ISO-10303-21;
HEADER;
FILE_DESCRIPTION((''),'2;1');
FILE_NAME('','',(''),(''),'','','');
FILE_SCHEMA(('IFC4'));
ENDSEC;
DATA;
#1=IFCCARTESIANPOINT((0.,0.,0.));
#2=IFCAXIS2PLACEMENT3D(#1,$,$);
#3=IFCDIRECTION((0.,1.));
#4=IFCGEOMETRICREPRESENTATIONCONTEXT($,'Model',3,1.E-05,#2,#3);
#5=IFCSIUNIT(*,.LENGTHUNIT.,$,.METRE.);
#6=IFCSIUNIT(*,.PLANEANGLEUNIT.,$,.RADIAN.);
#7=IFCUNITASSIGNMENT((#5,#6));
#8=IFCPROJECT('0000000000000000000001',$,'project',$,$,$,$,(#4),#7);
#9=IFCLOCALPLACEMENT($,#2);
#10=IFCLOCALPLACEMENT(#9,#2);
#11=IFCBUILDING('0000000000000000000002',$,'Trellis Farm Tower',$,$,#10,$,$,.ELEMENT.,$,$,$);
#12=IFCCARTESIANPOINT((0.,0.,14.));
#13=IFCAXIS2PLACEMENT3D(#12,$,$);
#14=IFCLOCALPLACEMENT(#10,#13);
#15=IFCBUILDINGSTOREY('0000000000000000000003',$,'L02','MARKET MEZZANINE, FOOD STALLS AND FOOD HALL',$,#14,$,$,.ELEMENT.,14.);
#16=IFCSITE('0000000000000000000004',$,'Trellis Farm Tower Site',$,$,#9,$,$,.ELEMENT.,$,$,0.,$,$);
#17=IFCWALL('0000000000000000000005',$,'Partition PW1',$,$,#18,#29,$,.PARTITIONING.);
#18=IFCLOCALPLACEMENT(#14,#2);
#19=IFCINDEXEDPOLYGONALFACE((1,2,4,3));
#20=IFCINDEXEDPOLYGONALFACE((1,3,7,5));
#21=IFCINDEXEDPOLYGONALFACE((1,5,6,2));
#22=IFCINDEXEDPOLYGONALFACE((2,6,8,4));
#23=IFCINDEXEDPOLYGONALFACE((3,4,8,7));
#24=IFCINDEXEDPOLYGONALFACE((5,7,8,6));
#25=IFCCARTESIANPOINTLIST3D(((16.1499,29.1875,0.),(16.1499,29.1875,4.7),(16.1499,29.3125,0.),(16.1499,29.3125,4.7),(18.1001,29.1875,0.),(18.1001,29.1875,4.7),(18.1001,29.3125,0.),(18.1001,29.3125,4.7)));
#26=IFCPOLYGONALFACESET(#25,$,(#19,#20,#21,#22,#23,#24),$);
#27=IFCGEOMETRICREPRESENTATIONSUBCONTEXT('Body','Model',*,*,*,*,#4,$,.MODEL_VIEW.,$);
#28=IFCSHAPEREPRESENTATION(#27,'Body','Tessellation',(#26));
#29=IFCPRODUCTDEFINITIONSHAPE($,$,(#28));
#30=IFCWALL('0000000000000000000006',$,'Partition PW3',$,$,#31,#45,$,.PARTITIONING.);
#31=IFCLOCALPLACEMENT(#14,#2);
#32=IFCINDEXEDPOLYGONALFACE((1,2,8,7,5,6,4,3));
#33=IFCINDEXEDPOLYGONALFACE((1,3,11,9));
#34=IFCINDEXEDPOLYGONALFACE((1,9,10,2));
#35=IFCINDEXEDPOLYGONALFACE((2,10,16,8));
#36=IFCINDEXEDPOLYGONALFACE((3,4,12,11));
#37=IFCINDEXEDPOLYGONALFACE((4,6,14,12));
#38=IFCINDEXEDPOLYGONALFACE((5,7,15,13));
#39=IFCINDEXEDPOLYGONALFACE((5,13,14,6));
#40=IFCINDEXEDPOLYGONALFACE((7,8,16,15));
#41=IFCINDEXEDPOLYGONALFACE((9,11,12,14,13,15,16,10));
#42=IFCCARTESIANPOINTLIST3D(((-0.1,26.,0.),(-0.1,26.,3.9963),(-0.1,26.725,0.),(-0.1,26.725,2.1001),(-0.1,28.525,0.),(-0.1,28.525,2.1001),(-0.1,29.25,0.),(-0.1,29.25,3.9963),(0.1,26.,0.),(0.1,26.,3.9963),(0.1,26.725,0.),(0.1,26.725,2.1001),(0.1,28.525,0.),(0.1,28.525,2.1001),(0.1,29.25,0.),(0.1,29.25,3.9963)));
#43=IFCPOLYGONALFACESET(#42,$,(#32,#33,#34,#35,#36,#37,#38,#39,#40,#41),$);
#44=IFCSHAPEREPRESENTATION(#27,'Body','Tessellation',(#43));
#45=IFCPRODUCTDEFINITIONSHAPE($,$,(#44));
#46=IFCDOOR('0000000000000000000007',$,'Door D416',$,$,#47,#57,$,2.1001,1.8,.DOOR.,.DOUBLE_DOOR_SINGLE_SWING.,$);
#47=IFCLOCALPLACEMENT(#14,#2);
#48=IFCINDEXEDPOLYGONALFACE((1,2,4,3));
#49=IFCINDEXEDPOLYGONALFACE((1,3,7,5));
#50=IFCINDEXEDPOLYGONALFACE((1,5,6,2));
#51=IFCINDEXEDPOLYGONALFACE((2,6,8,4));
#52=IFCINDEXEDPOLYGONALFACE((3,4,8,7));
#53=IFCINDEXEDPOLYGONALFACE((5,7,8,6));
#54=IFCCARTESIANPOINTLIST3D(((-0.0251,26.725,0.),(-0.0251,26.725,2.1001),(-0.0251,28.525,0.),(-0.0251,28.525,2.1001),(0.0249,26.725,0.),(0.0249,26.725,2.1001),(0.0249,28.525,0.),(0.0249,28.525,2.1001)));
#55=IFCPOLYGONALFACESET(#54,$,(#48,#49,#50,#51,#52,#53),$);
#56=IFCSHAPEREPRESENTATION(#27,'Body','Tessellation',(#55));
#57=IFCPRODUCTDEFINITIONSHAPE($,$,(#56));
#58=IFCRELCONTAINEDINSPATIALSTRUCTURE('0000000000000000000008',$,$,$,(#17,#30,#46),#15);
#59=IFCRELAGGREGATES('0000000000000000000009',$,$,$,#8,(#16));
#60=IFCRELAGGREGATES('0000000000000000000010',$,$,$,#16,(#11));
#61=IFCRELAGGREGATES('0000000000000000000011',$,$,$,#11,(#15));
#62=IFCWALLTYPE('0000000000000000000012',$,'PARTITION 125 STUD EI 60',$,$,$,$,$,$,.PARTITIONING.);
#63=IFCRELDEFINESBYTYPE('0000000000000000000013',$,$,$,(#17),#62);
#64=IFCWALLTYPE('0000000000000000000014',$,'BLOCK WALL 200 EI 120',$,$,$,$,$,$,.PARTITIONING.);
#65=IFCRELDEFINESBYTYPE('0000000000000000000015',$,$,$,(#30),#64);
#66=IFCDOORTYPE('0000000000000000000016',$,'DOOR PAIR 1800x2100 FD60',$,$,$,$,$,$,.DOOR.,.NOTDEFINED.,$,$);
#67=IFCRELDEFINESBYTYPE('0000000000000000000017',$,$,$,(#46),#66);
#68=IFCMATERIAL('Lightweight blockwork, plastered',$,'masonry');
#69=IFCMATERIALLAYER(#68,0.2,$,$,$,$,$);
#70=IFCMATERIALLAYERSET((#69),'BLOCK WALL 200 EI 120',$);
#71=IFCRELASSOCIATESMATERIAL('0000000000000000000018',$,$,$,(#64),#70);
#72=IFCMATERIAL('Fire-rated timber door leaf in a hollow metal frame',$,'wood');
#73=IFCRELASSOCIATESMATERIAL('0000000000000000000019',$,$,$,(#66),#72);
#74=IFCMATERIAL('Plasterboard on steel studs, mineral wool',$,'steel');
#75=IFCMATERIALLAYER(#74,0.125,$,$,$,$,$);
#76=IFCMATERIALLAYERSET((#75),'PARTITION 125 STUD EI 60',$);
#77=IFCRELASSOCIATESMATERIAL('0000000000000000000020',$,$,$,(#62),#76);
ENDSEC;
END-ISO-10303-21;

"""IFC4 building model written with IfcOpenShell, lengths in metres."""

from ifc_helpers import new_model, si_unit, direction, frame, frame_2d, origin, place, context, subcontext, project, spatial, rectangle, extrude, source, transform, mapped, material, layer, layer_set, type_object, element, fill, save


model = new_model("IFC4")

# Units and contexts
model_context = context("Model", 3, precision=1e-05, world=origin(), true_north=direction((0.0, 1.0)))
body_context = subcontext(model_context, "Body", "Model", "MODEL_VIEW")
ifc_project = project(units=[si_unit("LENGTHUNIT", "METRE"), si_unit("PLANEANGLEUNIT", "RADIAN")], contexts=[model_context])

# Site, building, storey
site_placement = place(None, origin())
site = spatial("IfcSite", under=ifc_project, at=site_placement, Name="Trellis Farm Tower Site", CompositionType="ELEMENT", RefElevation=0.0)
building_placement = place(site_placement, origin())
building = spatial("IfcBuilding", under=site, at=building_placement, Name="Trellis Farm Tower", CompositionType="ELEMENT")
storey_placement = place(building_placement, frame((0.0, 0.0, 14.0)))
storey = spatial("IfcBuildingStorey", under=building, at=storey_placement, Name="L02", Description="MARKET MEZZANINE, FOOD STALLS AND FOOD HALL", CompositionType="ELEMENT", Elevation=14.0)

# Shared definitions
shared_shape_1 = source(origin(), body_context, "Body", "SweptSolid", [
    extrude(rectangle(XDim=1.8, YDim=2.1001, at=frame_2d((0.8999, 1.05))), frame((0.0, 0.0249, 0.0), z_axis=(0.0, -1.0, 0.0), x_axis=(1.0, 0.0, 0.0)), (0.0, 0.0, 1.0), 0.05),
])

# Shared definitions
ifc_material_1 = material(Name="Lightweight blockwork, plastered", Category="masonry")
ifc_layer_1 = layer(ifc_material_1, 0.2)
ifc_layer_set_1 = layer_set([ifc_layer_1], Name="BLOCK WALL 200 EI 120")
wall_type_1 = type_object("IfcWallType", Name="BLOCK WALL 200 EI 120", PredefinedType="PARTITIONING", material=ifc_layer_set_1)

# Shared definitions
shared_shape_2 = source(origin(), body_context, "Body", "SweptSolid", [
    extrude(rectangle(XDim=1.8, YDim=2.1001, at=frame_2d((0.8999, 1.05))), frame((0.0, 0.1101, 0.0), z_axis=(0.0, -1.0, 0.0), x_axis=(1.0, 0.0, 0.0)), (0.0, 0.0, 1.0), 0.2202),
])
ifc_material_2 = material(Name="Fire-rated timber door leaf in a hollow metal frame", Category="wood")
door_type_1 = type_object("IfcDoorType", Name="DOOR PAIR 1800x2100 FD60", OperationType="NOTDEFINED", PredefinedType="DOOR", material=ifc_material_2)

# Wall
ifc_material_3 = material(Name="Plasterboard on steel studs, mineral wool", Category="steel")
ifc_layer_2 = layer(ifc_material_3, 0.125)
ifc_layer_set_2 = layer_set([ifc_layer_2], Name="PARTITION 125 STUD EI 60")
wall_type_2 = type_object("IfcWallType", Name="PARTITION 125 STUD EI 60", PredefinedType="PARTITIONING", material=ifc_layer_set_2)
shared_shape_3 = source(origin(), body_context, "Body", "SweptSolid", [
    extrude(rectangle(XDim=1.9502, YDim=0.125, at=frame_2d((0.9751, 0.0))), origin(), (0.0, 0.0, 1.0), 4.7),
])
wall_1_placement = place(storey_placement, frame((16.1499, 29.25, 0.0), z_axis=(0.0, 0.0, 1.0), x_axis=(1.0, 0.0, 0.0)))
element("IfcWall", 1, at=wall_1_placement, inside=storey, type_object=wall_type_2, Name="Partition PW1", PredefinedType="PARTITIONING", context=body_context, shape_type="MappedRepresentation", body=[
    mapped(shared_shape_3, transform((0.0, 0.0, 0.0))),
])

# Wall, opening, door
shared_shape_4 = source(origin(), body_context, "Body", "SweptSolid", [
    extrude(rectangle(XDim=3.25, YDim=0.2, at=frame_2d((1.625, 0.0))), origin(), (0.0, 0.0, 1.0), 3.9963),
])
wall_2_placement = place(storey_placement, frame((0.0, 29.25, 0.0), z_axis=(0.0, 0.0, 1.0), x_axis=(0.0, -1.0, 0.0)))
wall_2 = element("IfcWall", 2, at=wall_2_placement, inside=storey, type_object=wall_type_1, Name="Partition PW3", PredefinedType="PARTITIONING", context=body_context, shape_type="MappedRepresentation", body=[
    mapped(shared_shape_4, transform((0.0, 0.0, 0.0))),
])
opening_1_placement = place(wall_2_placement, frame((0.7251, 0.0, 0.0)))
opening_1 = element("IfcOpeningElement", 3, at=opening_1_placement, cuts=wall_2, PredefinedType="OPENING", context=body_context, shape_type="MappedRepresentation", body=[
    mapped(shared_shape_2, transform((0.0, 0.0, 0.0))),
])
door_1_placement = place(opening_1_placement, origin())
door_1 = element("IfcDoor", 4, at=door_1_placement, inside=storey, type_object=door_type_1, Name="Door D416", OperationType="DOUBLE_DOOR_SINGLE_SWING", OverallHeight=2.1001, OverallWidth=1.8, PredefinedType="DOOR", context=body_context, shape_type="MappedRepresentation", body=[
    mapped(shared_shape_1, transform((0.0, 0.0, 0.0))),
])
fill(opening_1, door_1)

save(model, "model.ifc")
